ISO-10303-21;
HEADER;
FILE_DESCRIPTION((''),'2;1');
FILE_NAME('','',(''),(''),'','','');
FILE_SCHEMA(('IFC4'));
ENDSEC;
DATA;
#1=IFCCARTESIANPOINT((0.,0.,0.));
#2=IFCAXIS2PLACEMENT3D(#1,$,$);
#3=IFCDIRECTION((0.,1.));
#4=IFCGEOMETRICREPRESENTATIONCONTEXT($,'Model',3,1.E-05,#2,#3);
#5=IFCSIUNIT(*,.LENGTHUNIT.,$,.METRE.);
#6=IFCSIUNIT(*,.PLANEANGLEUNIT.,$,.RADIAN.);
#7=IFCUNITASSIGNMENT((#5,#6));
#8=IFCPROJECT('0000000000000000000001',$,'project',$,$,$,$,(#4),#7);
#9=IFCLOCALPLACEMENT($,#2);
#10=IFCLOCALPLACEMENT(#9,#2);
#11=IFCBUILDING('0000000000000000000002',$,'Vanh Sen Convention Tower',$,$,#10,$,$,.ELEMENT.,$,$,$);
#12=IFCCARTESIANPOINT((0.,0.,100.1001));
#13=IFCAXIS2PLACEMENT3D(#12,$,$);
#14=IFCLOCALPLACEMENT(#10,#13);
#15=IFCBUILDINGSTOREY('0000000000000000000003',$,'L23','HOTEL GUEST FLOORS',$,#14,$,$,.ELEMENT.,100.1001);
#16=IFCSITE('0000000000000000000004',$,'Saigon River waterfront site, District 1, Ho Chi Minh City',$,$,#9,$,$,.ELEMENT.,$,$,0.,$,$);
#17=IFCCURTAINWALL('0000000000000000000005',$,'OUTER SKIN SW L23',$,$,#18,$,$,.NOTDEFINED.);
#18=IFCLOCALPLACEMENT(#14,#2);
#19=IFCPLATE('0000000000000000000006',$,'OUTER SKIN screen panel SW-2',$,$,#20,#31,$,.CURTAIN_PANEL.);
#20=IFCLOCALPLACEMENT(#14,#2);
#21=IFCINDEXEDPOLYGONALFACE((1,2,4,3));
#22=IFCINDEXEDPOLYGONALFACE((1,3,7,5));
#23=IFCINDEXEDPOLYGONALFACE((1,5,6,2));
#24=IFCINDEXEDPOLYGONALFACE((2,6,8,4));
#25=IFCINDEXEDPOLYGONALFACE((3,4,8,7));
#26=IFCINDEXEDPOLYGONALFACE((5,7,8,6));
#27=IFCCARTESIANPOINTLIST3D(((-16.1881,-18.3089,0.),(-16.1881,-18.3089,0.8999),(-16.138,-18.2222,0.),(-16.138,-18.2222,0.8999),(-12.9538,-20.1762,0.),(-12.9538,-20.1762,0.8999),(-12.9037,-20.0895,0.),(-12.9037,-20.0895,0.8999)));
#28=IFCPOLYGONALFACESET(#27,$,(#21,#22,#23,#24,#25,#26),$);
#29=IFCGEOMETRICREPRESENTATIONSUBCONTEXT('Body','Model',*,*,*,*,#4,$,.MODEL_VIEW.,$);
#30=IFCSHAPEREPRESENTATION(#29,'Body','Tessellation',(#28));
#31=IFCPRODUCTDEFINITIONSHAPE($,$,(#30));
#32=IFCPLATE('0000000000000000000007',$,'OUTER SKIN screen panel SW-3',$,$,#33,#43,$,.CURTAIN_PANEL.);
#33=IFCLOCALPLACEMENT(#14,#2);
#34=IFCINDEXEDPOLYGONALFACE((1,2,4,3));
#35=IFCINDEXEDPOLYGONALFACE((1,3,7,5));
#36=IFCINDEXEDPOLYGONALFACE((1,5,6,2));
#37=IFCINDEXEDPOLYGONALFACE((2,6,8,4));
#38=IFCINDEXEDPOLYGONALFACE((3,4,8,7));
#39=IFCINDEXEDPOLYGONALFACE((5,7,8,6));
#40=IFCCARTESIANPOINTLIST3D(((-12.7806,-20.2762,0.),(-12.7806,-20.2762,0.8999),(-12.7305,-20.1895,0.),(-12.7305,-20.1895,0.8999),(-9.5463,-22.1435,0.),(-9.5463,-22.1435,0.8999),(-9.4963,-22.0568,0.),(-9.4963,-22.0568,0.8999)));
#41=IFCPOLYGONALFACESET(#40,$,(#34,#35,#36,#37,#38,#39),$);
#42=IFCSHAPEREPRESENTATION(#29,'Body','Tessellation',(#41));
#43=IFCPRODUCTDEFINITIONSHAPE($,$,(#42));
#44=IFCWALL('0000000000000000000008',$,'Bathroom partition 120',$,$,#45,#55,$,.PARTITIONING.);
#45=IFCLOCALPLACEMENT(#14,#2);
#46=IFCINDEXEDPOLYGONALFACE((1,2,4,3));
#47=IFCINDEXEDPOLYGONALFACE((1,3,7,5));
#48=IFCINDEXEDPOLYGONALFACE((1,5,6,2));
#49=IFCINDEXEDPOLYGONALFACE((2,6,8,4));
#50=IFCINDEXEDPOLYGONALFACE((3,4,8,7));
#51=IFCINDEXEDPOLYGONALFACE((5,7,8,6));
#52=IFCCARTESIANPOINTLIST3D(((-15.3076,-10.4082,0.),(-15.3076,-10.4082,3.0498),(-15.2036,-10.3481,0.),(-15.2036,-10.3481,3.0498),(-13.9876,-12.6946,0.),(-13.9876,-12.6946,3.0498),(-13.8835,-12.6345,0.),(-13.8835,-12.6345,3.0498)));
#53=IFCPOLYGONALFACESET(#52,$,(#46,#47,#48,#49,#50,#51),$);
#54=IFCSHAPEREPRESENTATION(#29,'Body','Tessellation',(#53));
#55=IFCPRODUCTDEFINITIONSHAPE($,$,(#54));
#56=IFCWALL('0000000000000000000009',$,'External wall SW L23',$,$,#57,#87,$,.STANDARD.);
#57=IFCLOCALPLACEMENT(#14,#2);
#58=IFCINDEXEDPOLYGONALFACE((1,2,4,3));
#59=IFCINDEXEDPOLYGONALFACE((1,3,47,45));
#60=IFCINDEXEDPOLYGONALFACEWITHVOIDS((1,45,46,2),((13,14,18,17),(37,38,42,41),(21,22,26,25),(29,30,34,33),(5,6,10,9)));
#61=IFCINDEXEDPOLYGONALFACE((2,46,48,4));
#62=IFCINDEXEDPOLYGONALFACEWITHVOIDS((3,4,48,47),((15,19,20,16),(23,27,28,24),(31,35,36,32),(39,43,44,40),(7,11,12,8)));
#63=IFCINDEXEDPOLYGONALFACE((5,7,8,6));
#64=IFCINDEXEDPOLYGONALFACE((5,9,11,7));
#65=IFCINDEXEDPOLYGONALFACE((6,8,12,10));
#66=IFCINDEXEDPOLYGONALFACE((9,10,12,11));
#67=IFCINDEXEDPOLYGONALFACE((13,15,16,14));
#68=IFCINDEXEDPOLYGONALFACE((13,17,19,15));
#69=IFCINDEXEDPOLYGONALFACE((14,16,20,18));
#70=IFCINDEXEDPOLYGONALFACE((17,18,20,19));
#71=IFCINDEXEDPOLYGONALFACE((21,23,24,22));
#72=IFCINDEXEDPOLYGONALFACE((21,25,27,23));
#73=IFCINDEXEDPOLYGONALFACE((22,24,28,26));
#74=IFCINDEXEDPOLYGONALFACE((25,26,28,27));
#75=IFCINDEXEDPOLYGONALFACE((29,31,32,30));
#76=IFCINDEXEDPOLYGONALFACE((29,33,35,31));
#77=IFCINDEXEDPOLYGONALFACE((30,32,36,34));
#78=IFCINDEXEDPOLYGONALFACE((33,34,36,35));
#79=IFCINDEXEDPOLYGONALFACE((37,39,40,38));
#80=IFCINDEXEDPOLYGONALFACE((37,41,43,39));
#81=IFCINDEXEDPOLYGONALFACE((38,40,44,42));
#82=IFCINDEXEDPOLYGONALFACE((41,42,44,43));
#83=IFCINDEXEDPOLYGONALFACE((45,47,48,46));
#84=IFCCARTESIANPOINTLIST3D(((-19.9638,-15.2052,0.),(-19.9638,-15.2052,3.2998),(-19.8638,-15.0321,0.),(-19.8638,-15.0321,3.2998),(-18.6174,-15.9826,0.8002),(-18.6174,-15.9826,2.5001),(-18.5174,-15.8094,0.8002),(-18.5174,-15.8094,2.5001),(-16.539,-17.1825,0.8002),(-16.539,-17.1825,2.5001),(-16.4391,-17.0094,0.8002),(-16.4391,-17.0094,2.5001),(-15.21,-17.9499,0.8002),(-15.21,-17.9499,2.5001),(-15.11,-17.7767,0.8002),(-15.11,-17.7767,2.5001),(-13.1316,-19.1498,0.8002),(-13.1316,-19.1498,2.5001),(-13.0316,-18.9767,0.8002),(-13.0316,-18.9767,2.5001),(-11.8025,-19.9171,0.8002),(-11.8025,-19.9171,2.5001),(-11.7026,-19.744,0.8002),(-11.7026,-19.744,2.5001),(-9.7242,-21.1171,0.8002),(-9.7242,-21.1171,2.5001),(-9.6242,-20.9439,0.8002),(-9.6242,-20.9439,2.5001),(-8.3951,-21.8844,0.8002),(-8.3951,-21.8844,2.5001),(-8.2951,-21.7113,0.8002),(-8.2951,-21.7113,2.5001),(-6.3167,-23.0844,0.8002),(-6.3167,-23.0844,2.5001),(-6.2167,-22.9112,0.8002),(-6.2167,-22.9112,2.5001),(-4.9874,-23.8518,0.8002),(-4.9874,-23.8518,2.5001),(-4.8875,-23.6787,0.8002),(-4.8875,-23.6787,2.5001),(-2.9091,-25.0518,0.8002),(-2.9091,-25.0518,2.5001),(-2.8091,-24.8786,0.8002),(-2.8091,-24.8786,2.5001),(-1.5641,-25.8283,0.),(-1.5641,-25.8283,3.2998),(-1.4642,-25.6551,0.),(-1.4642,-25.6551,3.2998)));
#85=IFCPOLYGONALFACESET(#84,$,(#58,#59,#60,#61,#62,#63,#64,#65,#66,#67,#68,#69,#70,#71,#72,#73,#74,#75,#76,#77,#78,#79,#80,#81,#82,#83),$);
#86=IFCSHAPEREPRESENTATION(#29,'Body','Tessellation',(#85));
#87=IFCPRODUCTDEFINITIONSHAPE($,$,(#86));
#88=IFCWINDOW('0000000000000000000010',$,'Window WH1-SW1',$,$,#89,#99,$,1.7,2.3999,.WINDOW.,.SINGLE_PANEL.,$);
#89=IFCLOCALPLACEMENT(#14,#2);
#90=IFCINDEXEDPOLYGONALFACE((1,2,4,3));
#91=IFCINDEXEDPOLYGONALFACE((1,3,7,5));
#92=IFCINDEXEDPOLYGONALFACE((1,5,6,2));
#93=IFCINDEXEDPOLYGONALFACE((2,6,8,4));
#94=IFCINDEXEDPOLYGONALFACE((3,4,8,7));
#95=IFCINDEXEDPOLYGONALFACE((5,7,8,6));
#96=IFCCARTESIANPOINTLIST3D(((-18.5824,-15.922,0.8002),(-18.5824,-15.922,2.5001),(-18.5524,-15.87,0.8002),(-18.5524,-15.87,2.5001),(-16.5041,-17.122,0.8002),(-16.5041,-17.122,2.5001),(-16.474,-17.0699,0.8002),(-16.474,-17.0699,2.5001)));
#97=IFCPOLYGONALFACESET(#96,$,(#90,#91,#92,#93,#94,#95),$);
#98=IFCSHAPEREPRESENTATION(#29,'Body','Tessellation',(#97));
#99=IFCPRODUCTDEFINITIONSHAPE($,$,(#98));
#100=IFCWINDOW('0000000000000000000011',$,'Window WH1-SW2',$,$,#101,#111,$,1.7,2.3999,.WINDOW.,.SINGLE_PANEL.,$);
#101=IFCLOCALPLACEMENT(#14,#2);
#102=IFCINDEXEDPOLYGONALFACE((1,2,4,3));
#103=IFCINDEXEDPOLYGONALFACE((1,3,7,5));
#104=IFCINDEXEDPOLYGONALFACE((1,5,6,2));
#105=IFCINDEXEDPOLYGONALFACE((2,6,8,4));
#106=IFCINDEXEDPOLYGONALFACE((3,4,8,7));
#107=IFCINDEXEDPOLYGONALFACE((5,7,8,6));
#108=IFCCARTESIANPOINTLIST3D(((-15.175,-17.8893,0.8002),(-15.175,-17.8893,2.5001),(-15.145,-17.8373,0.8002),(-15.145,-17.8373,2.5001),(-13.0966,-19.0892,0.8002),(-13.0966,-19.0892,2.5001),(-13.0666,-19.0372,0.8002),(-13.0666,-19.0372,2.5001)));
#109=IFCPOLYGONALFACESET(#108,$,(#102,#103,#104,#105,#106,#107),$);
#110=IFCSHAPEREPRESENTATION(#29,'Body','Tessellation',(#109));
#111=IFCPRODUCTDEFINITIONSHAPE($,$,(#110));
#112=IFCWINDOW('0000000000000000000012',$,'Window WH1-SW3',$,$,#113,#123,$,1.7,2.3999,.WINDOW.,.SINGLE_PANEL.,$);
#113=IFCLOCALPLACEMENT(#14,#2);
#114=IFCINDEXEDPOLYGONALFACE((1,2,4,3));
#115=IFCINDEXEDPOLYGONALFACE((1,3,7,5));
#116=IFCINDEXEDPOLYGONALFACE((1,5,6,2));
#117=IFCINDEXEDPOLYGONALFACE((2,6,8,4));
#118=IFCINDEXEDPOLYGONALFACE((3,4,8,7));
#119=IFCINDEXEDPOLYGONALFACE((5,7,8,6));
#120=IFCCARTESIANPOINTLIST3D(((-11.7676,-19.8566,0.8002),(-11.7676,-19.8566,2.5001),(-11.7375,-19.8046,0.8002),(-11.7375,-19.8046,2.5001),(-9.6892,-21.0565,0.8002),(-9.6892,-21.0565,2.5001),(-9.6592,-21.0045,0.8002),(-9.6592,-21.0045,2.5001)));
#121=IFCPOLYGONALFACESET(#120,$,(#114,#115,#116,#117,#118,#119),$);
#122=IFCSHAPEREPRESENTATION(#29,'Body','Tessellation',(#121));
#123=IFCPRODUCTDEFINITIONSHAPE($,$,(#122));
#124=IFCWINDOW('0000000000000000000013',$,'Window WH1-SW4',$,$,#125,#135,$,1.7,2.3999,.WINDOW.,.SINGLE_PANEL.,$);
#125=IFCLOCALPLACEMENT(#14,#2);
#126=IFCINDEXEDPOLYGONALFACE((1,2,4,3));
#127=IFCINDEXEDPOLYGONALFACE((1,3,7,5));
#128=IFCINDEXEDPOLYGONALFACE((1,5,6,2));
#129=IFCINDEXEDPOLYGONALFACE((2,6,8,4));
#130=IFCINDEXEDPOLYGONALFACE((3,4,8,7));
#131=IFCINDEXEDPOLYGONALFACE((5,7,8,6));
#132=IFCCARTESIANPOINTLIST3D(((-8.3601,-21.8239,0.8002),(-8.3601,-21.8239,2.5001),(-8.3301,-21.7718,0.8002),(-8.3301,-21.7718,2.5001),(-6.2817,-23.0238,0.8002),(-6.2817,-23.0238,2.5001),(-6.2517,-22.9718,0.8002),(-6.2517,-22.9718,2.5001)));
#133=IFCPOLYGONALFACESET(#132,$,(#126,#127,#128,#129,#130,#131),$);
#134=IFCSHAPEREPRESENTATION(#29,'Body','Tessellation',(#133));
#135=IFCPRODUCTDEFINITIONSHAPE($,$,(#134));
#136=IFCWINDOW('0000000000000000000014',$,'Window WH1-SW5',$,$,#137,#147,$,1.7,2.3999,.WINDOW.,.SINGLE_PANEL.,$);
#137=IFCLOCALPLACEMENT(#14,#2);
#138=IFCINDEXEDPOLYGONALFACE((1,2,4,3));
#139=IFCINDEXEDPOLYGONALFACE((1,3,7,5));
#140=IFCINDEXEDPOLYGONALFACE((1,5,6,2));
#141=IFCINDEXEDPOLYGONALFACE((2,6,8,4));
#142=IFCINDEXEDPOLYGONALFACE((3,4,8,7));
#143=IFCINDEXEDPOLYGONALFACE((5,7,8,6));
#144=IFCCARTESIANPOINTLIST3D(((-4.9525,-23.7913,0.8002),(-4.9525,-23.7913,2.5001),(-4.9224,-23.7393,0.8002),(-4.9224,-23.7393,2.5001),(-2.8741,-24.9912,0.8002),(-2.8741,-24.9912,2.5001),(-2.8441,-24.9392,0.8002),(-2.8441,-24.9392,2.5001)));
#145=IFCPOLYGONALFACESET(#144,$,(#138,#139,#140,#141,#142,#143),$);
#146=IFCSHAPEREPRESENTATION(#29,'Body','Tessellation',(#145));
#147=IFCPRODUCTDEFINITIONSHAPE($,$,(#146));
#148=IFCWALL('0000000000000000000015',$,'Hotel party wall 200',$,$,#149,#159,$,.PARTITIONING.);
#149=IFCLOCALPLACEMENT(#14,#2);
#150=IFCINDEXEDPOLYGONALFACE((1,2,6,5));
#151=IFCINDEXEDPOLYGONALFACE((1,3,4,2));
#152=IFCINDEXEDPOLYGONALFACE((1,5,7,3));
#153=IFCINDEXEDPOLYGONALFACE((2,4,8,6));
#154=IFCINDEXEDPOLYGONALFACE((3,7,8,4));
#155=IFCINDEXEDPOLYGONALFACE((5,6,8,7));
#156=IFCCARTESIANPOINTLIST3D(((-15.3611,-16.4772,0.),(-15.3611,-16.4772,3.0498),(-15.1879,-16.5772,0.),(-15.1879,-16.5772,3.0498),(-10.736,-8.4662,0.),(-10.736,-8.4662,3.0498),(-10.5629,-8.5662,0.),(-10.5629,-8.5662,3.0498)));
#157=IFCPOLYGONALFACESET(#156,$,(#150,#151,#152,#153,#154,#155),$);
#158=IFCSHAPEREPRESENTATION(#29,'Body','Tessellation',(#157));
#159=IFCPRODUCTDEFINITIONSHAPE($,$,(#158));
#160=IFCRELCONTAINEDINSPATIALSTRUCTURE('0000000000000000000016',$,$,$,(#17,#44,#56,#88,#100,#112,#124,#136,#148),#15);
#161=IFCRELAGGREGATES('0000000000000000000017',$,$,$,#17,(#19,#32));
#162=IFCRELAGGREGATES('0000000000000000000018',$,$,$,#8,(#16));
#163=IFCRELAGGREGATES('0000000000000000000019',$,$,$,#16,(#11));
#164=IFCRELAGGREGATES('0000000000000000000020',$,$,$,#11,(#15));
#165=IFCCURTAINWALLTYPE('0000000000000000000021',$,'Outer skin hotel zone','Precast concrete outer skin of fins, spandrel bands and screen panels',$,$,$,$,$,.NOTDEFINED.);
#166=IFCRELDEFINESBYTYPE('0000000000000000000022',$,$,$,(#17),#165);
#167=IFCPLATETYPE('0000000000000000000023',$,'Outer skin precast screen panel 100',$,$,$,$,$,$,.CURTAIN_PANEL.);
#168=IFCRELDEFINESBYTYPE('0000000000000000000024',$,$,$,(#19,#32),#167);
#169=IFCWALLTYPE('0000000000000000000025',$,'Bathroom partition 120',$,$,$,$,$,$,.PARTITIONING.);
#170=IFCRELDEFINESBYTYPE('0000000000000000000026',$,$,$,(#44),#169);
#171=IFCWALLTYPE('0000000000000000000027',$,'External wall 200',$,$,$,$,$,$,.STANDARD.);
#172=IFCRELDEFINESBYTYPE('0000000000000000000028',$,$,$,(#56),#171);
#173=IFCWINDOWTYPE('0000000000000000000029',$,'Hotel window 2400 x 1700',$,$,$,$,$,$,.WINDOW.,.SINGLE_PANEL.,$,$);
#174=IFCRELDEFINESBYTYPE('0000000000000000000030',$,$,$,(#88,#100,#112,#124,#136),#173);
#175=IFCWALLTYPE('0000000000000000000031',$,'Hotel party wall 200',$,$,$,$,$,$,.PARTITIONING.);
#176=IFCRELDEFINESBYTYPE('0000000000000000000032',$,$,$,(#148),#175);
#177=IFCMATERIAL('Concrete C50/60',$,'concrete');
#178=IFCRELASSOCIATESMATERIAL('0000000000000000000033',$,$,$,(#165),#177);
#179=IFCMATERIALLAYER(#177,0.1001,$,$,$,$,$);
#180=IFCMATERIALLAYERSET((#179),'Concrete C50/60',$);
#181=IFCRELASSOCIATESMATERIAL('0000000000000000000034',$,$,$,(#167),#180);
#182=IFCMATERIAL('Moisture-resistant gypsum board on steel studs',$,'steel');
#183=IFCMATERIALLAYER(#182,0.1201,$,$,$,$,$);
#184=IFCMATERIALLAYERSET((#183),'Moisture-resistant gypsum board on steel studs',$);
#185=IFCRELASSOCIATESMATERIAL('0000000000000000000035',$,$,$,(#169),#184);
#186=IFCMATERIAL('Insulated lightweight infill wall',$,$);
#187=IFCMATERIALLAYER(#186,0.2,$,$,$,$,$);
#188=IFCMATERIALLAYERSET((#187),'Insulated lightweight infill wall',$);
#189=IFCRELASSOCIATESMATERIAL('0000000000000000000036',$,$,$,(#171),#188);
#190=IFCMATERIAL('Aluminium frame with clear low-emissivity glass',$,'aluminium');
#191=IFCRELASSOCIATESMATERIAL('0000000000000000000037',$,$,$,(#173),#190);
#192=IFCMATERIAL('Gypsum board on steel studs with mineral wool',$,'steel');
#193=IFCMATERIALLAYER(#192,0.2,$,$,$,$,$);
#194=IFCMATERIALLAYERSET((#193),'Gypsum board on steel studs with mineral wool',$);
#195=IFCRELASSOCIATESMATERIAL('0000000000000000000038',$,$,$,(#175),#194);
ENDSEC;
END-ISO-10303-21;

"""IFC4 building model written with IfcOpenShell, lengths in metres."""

from ifc_helpers import new_model, si_unit, direction, frame, frame_2d, origin, origin_2d, place, context, subcontext, project, spatial, rectangle, extrude, material, layer, layer_set, type_object, element, fill, aggregate, save


model = new_model("IFC4")

# Units and contexts
model_context = context("Model", 3, precision=1e-05, world=origin(), true_north=direction((0.0, 1.0)))
body_context = subcontext(model_context, "Body", "Model", "MODEL_VIEW")
ifc_project = project(units=[si_unit("LENGTHUNIT", "METRE"), si_unit("PLANEANGLEUNIT", "RADIAN")], contexts=[model_context])

# Site, building, storey
site_placement = place(None, origin())
site = spatial("IfcSite", under=ifc_project, at=site_placement, Name="Saigon River waterfront site, District 1, Ho Chi Minh City", CompositionType="ELEMENT", RefElevation=0.0)
building_placement = place(site_placement, origin())
building = spatial("IfcBuilding", under=site, at=building_placement, Name="Vanh Sen Convention Tower", CompositionType="ELEMENT")
storey_placement = place(building_placement, frame((0.0, 0.0, 100.1001)))
storey = spatial("IfcBuildingStorey", under=building, at=storey_placement, Name="L23", Description="HOTEL GUEST FLOORS", CompositionType="ELEMENT", Elevation=100.1001)

# Curtain wall
ifc_material_1 = material(Name="Concrete C50/60", Category="concrete")
curtain_wall_type = type_object("IfcCurtainWallType", Name="Outer skin hotel zone", Description="Precast concrete outer skin of fins, spandrel bands and screen panels", PredefinedType="NOTDEFINED", material=ifc_material_1)
curtain_wall_1_placement = place(storey_placement, origin())
curtain_wall_1 = element("IfcCurtainWall", 1, at=curtain_wall_1_placement, inside=storey, type_object=curtain_wall_type, Name="OUTER SKIN SW L23", PredefinedType="NOTDEFINED")

# Shared definitions
ifc_layer_1 = layer(ifc_material_1, 0.1001)
ifc_layer_set_1 = layer_set([ifc_layer_1], Name="Concrete C50/60")
plate_type = type_object("IfcPlateType", Name="Outer skin precast screen panel 100", PredefinedType="CURTAIN_PANEL", material=ifc_layer_set_1)

# Plates
plate_1_placement = place(storey_placement, frame((-14.5459, -19.1992, 0.0), z_axis=(0.0, 0.0, 1.0), x_axis=(0.866032, -0.499988, 0.0)))
plate_1 = element("IfcPlate", 2, at=plate_1_placement, type_object=plate_type, Name="OUTER SKIN screen panel SW-2", PredefinedType="CURTAIN_PANEL", context=body_context, shape_type="SweptSolid", body=[
    extrude(rectangle(XDim=3.7346, YDim=0.1001, at=origin_2d()), origin(), (0.0, 0.0, 1.0), 0.8999),
])
plate_2_placement = place(storey_placement, frame((-11.1384, -21.1665, 0.0), z_axis=(0.0, 0.0, 1.0), x_axis=(0.866028, -0.499995, 0.0)))
plate_2 = element("IfcPlate", 3, at=plate_2_placement, type_object=plate_type, Name="OUTER SKIN screen panel SW-3", PredefinedType="CURTAIN_PANEL", context=body_context, shape_type="SweptSolid", body=[
    extrude(rectangle(XDim=3.7346, YDim=0.1001, at=origin_2d()), origin(), (0.0, 0.0, 1.0), 0.8999),
])
aggregate(curtain_wall_1, [plate_1, plate_2])

# Wall
ifc_material_2 = material(Name="Moisture-resistant gypsum board on steel studs", Category="steel")
ifc_layer_2 = layer(ifc_material_2, 0.1201)
ifc_layer_set_2 = layer_set([ifc_layer_2], Name="Moisture-resistant gypsum board on steel studs")
wall_type_1 = type_object("IfcWallType", Name="Bathroom partition 120", PredefinedType="PARTITIONING", material=ifc_layer_set_2)
wall_1_placement = place(storey_placement, frame((-13.9355, -12.6646, 0.0), z_axis=(0.0, 0.0, 1.0), x_axis=(-0.500008, 0.866021, 0.0)))
element("IfcWall", 4, at=wall_1_placement, inside=storey, type_object=wall_type_1, Name="Bathroom partition 120", PredefinedType="PARTITIONING", context=body_context, shape_type="SweptSolid", body=[
    extrude(rectangle(XDim=2.6401, YDim=0.1201, at=frame_2d((1.3201, 0.0))), origin(), (0.0, 0.0, 1.0), 3.0498),
])

# Wall, openings, windows
ifc_material_3 = material(Name="Insulated lightweight infill wall")
ifc_layer_3 = layer(ifc_material_3, 0.2)
ifc_layer_set_3 = layer_set([ifc_layer_3], Name="Insulated lightweight infill wall")
wall_type_2 = type_object("IfcWallType", Name="External wall 200", PredefinedType="STANDARD", material=ifc_layer_set_3)
wall_2_placement = place(storey_placement, frame((-19.9138, -15.1187, 0.0), z_axis=(0.0, 0.0, 1.0), x_axis=(0.866025, -0.5, 0.0)))
wall_2 = element("IfcWall", 5, at=wall_2_placement, inside=storey, type_object=wall_type_2, Name="External wall SW L23", PredefinedType="STANDARD", context=body_context, shape_type="SweptSolid", body=[
    extrude(rectangle(XDim=21.2461, YDim=0.2, at=frame_2d((10.623, 0.0))), origin(), (0.0, 0.0, 1.0), 3.2998),
])
opening_1_placement = place(wall_2_placement, frame((1.5547, 0.0, 0.8)))
opening_1 = element("IfcOpeningElement", 6, at=opening_1_placement, cuts=wall_2, PredefinedType="OPENING", context=body_context, shape_type="SweptSolid", body=[
    extrude(rectangle(XDim=2.3999, YDim=1.7, at=frame_2d((1.2, 0.8501))), frame((0.0, 0.1099, 0.0), z_axis=(0.0, -1.0, 0.0), x_axis=(1.0, 0.0, 0.0)), (0.0, 0.0, 1.0), 0.22),
])
opening_2_placement = place(wall_2_placement, frame((5.4893, 0.0, 0.8)))
opening_2 = element("IfcOpeningElement", 7, at=opening_2_placement, cuts=wall_2, PredefinedType="OPENING", context=body_context, shape_type="SweptSolid", body=[
    extrude(rectangle(XDim=2.3999, YDim=1.7, at=frame_2d((1.2, 0.8501))), frame((0.0, 0.1099, 0.0), z_axis=(0.0, -1.0, 0.0), x_axis=(1.0, 0.0, 0.0)), (0.0, 0.0, 1.0), 0.22),
])
opening_3_placement = place(wall_2_placement, frame((9.4238, 0.0, 0.8)))
opening_3 = element("IfcOpeningElement", 8, at=opening_3_placement, cuts=wall_2, PredefinedType="OPENING", context=body_context, shape_type="SweptSolid", body=[
    extrude(rectangle(XDim=2.3999, YDim=1.7, at=frame_2d((1.2, 0.8501))), frame((0.0, 0.1099, 0.0), z_axis=(0.0, -1.0, 0.0), x_axis=(1.0, 0.0, 0.0)), (0.0, 0.0, 1.0), 0.22),
])
opening_4_placement = place(wall_2_placement, frame((13.3584, 0.0, 0.8)))
opening_4 = element("IfcOpeningElement", 9, at=opening_4_placement, cuts=wall_2, PredefinedType="OPENING", context=body_context, shape_type="SweptSolid", body=[
    extrude(rectangle(XDim=2.3999, YDim=1.7, at=frame_2d((1.2, 0.8501))), frame((0.0, 0.1099, 0.0), z_axis=(0.0, -1.0, 0.0), x_axis=(1.0, 0.0, 0.0)), (0.0, 0.0, 1.0), 0.22),
])
opening_5_placement = place(wall_2_placement, frame((17.2932, 0.0, 0.8)))
opening_5 = element("IfcOpeningElement", 10, at=opening_5_placement, cuts=wall_2, PredefinedType="OPENING", context=body_context, shape_type="SweptSolid", body=[
    extrude(rectangle(XDim=2.3999, YDim=1.7, at=frame_2d((1.2, 0.8501))), frame((0.0, 0.1099, 0.0), z_axis=(0.0, -1.0, 0.0), x_axis=(1.0, 0.0, 0.0)), (0.0, 0.0, 1.0), 0.22),
])
ifc_material_4 = material(Name="Aluminium frame with clear low-emissivity glass", Category="aluminium")
window_type = type_object("IfcWindowType", Name="Hotel window 2400 x 1700", PartitioningType="SINGLE_PANEL", PredefinedType="WINDOW", material=ifc_material_4)
window_1_placement = place(opening_1_placement, origin())
window_1 = element("IfcWindow", 11, at=window_1_placement, inside=storey, type_object=window_type, Name="Window WH1-SW1", OverallHeight=1.7, OverallWidth=2.3999, PartitioningType="SINGLE_PANEL", PredefinedType="WINDOW", context=body_context, shape_type="SweptSolid", body=[
    extrude(rectangle(XDim=2.3999, YDim=1.7, at=frame_2d((1.2, 0.8501))), frame((0.0, 0.03, 0.0), z_axis=(0.0, -1.0, 0.0), x_axis=(1.0, 0.0, 0.0)), (0.0, 0.0, 1.0), 0.0601),
])
fill(opening_1, window_1)
window_2_placement = place(opening_2_placement, origin())
window_2 = element("IfcWindow", 12, at=window_2_placement, inside=storey, type_object=window_type, Name="Window WH1-SW2", OverallHeight=1.7, OverallWidth=2.3999, PartitioningType="SINGLE_PANEL", PredefinedType="WINDOW", context=body_context, shape_type="SweptSolid", body=[
    extrude(rectangle(XDim=2.3999, YDim=1.7, at=frame_2d((1.2, 0.8501))), frame((0.0, 0.03, 0.0), z_axis=(0.0, -1.0, 0.0), x_axis=(1.0, 0.0, 0.0)), (0.0, 0.0, 1.0), 0.0601),
])
fill(opening_2, window_2)
window_3_placement = place(opening_3_placement, origin())
window_3 = element("IfcWindow", 13, at=window_3_placement, inside=storey, type_object=window_type, Name="Window WH1-SW3", OverallHeight=1.7, OverallWidth=2.3999, PartitioningType="SINGLE_PANEL", PredefinedType="WINDOW", context=body_context, shape_type="SweptSolid", body=[
    extrude(rectangle(XDim=2.3999, YDim=1.7, at=frame_2d((1.2, 0.8501))), frame((0.0, 0.03, 0.0), z_axis=(0.0, -1.0, 0.0), x_axis=(1.0, 0.0, 0.0)), (0.0, 0.0, 1.0), 0.0601),
])
fill(opening_3, window_3)
window_4_placement = place(opening_4_placement, origin())
window_4 = element("IfcWindow", 14, at=window_4_placement, inside=storey, type_object=window_type, Name="Window WH1-SW4", OverallHeight=1.7, OverallWidth=2.3999, PartitioningType="SINGLE_PANEL", PredefinedType="WINDOW", context=body_context, shape_type="SweptSolid", body=[
    extrude(rectangle(XDim=2.3999, YDim=1.7, at=frame_2d((1.2, 0.8501))), frame((0.0, 0.03, 0.0), z_axis=(0.0, -1.0, 0.0), x_axis=(1.0, 0.0, 0.0)), (0.0, 0.0, 1.0), 0.0601),
])
fill(opening_4, window_4)
window_5_placement = place(opening_5_placement, origin())
window_5 = element("IfcWindow", 15, at=window_5_placement, inside=storey, type_object=window_type, Name="Window WH1-SW5", OverallHeight=1.7, OverallWidth=2.3999, PartitioningType="SINGLE_PANEL", PredefinedType="WINDOW", context=body_context, shape_type="SweptSolid", body=[
    extrude(rectangle(XDim=2.3999, YDim=1.7, at=frame_2d((1.2, 0.8501))), frame((0.0, 0.03, 0.0), z_axis=(0.0, -1.0, 0.0), x_axis=(1.0, 0.0, 0.0)), (0.0, 0.0, 1.0), 0.0601),
])
fill(opening_5, window_5)

# Wall
ifc_material_5 = material(Name="Gypsum board on steel studs with mineral wool", Category="steel")
ifc_layer_4 = layer(ifc_material_5, 0.2)
ifc_layer_set_4 = layer_set([ifc_layer_4], Name="Gypsum board on steel studs with mineral wool")
wall_type_3 = type_object("IfcWallType", Name="Hotel party wall 200", PredefinedType="PARTITIONING", material=ifc_layer_set_4)
wall_3_placement = place(storey_placement, frame((-15.2744, -16.5271, 0.0), z_axis=(0.0, 0.0, 1.0), x_axis=(0.499988, 0.866032, 0.0)))
element("IfcWall", 16, at=wall_3_placement, inside=storey, type_object=wall_type_3, Name="Hotel party wall 200", PredefinedType="PARTITIONING", context=body_context, shape_type="SweptSolid", body=[
    extrude(rectangle(XDim=9.2502, YDim=0.2, at=frame_2d((4.625, 0.0))), origin(), (0.0, 0.0, 1.0), 3.0498),
])

save(model, "model.ifc")
